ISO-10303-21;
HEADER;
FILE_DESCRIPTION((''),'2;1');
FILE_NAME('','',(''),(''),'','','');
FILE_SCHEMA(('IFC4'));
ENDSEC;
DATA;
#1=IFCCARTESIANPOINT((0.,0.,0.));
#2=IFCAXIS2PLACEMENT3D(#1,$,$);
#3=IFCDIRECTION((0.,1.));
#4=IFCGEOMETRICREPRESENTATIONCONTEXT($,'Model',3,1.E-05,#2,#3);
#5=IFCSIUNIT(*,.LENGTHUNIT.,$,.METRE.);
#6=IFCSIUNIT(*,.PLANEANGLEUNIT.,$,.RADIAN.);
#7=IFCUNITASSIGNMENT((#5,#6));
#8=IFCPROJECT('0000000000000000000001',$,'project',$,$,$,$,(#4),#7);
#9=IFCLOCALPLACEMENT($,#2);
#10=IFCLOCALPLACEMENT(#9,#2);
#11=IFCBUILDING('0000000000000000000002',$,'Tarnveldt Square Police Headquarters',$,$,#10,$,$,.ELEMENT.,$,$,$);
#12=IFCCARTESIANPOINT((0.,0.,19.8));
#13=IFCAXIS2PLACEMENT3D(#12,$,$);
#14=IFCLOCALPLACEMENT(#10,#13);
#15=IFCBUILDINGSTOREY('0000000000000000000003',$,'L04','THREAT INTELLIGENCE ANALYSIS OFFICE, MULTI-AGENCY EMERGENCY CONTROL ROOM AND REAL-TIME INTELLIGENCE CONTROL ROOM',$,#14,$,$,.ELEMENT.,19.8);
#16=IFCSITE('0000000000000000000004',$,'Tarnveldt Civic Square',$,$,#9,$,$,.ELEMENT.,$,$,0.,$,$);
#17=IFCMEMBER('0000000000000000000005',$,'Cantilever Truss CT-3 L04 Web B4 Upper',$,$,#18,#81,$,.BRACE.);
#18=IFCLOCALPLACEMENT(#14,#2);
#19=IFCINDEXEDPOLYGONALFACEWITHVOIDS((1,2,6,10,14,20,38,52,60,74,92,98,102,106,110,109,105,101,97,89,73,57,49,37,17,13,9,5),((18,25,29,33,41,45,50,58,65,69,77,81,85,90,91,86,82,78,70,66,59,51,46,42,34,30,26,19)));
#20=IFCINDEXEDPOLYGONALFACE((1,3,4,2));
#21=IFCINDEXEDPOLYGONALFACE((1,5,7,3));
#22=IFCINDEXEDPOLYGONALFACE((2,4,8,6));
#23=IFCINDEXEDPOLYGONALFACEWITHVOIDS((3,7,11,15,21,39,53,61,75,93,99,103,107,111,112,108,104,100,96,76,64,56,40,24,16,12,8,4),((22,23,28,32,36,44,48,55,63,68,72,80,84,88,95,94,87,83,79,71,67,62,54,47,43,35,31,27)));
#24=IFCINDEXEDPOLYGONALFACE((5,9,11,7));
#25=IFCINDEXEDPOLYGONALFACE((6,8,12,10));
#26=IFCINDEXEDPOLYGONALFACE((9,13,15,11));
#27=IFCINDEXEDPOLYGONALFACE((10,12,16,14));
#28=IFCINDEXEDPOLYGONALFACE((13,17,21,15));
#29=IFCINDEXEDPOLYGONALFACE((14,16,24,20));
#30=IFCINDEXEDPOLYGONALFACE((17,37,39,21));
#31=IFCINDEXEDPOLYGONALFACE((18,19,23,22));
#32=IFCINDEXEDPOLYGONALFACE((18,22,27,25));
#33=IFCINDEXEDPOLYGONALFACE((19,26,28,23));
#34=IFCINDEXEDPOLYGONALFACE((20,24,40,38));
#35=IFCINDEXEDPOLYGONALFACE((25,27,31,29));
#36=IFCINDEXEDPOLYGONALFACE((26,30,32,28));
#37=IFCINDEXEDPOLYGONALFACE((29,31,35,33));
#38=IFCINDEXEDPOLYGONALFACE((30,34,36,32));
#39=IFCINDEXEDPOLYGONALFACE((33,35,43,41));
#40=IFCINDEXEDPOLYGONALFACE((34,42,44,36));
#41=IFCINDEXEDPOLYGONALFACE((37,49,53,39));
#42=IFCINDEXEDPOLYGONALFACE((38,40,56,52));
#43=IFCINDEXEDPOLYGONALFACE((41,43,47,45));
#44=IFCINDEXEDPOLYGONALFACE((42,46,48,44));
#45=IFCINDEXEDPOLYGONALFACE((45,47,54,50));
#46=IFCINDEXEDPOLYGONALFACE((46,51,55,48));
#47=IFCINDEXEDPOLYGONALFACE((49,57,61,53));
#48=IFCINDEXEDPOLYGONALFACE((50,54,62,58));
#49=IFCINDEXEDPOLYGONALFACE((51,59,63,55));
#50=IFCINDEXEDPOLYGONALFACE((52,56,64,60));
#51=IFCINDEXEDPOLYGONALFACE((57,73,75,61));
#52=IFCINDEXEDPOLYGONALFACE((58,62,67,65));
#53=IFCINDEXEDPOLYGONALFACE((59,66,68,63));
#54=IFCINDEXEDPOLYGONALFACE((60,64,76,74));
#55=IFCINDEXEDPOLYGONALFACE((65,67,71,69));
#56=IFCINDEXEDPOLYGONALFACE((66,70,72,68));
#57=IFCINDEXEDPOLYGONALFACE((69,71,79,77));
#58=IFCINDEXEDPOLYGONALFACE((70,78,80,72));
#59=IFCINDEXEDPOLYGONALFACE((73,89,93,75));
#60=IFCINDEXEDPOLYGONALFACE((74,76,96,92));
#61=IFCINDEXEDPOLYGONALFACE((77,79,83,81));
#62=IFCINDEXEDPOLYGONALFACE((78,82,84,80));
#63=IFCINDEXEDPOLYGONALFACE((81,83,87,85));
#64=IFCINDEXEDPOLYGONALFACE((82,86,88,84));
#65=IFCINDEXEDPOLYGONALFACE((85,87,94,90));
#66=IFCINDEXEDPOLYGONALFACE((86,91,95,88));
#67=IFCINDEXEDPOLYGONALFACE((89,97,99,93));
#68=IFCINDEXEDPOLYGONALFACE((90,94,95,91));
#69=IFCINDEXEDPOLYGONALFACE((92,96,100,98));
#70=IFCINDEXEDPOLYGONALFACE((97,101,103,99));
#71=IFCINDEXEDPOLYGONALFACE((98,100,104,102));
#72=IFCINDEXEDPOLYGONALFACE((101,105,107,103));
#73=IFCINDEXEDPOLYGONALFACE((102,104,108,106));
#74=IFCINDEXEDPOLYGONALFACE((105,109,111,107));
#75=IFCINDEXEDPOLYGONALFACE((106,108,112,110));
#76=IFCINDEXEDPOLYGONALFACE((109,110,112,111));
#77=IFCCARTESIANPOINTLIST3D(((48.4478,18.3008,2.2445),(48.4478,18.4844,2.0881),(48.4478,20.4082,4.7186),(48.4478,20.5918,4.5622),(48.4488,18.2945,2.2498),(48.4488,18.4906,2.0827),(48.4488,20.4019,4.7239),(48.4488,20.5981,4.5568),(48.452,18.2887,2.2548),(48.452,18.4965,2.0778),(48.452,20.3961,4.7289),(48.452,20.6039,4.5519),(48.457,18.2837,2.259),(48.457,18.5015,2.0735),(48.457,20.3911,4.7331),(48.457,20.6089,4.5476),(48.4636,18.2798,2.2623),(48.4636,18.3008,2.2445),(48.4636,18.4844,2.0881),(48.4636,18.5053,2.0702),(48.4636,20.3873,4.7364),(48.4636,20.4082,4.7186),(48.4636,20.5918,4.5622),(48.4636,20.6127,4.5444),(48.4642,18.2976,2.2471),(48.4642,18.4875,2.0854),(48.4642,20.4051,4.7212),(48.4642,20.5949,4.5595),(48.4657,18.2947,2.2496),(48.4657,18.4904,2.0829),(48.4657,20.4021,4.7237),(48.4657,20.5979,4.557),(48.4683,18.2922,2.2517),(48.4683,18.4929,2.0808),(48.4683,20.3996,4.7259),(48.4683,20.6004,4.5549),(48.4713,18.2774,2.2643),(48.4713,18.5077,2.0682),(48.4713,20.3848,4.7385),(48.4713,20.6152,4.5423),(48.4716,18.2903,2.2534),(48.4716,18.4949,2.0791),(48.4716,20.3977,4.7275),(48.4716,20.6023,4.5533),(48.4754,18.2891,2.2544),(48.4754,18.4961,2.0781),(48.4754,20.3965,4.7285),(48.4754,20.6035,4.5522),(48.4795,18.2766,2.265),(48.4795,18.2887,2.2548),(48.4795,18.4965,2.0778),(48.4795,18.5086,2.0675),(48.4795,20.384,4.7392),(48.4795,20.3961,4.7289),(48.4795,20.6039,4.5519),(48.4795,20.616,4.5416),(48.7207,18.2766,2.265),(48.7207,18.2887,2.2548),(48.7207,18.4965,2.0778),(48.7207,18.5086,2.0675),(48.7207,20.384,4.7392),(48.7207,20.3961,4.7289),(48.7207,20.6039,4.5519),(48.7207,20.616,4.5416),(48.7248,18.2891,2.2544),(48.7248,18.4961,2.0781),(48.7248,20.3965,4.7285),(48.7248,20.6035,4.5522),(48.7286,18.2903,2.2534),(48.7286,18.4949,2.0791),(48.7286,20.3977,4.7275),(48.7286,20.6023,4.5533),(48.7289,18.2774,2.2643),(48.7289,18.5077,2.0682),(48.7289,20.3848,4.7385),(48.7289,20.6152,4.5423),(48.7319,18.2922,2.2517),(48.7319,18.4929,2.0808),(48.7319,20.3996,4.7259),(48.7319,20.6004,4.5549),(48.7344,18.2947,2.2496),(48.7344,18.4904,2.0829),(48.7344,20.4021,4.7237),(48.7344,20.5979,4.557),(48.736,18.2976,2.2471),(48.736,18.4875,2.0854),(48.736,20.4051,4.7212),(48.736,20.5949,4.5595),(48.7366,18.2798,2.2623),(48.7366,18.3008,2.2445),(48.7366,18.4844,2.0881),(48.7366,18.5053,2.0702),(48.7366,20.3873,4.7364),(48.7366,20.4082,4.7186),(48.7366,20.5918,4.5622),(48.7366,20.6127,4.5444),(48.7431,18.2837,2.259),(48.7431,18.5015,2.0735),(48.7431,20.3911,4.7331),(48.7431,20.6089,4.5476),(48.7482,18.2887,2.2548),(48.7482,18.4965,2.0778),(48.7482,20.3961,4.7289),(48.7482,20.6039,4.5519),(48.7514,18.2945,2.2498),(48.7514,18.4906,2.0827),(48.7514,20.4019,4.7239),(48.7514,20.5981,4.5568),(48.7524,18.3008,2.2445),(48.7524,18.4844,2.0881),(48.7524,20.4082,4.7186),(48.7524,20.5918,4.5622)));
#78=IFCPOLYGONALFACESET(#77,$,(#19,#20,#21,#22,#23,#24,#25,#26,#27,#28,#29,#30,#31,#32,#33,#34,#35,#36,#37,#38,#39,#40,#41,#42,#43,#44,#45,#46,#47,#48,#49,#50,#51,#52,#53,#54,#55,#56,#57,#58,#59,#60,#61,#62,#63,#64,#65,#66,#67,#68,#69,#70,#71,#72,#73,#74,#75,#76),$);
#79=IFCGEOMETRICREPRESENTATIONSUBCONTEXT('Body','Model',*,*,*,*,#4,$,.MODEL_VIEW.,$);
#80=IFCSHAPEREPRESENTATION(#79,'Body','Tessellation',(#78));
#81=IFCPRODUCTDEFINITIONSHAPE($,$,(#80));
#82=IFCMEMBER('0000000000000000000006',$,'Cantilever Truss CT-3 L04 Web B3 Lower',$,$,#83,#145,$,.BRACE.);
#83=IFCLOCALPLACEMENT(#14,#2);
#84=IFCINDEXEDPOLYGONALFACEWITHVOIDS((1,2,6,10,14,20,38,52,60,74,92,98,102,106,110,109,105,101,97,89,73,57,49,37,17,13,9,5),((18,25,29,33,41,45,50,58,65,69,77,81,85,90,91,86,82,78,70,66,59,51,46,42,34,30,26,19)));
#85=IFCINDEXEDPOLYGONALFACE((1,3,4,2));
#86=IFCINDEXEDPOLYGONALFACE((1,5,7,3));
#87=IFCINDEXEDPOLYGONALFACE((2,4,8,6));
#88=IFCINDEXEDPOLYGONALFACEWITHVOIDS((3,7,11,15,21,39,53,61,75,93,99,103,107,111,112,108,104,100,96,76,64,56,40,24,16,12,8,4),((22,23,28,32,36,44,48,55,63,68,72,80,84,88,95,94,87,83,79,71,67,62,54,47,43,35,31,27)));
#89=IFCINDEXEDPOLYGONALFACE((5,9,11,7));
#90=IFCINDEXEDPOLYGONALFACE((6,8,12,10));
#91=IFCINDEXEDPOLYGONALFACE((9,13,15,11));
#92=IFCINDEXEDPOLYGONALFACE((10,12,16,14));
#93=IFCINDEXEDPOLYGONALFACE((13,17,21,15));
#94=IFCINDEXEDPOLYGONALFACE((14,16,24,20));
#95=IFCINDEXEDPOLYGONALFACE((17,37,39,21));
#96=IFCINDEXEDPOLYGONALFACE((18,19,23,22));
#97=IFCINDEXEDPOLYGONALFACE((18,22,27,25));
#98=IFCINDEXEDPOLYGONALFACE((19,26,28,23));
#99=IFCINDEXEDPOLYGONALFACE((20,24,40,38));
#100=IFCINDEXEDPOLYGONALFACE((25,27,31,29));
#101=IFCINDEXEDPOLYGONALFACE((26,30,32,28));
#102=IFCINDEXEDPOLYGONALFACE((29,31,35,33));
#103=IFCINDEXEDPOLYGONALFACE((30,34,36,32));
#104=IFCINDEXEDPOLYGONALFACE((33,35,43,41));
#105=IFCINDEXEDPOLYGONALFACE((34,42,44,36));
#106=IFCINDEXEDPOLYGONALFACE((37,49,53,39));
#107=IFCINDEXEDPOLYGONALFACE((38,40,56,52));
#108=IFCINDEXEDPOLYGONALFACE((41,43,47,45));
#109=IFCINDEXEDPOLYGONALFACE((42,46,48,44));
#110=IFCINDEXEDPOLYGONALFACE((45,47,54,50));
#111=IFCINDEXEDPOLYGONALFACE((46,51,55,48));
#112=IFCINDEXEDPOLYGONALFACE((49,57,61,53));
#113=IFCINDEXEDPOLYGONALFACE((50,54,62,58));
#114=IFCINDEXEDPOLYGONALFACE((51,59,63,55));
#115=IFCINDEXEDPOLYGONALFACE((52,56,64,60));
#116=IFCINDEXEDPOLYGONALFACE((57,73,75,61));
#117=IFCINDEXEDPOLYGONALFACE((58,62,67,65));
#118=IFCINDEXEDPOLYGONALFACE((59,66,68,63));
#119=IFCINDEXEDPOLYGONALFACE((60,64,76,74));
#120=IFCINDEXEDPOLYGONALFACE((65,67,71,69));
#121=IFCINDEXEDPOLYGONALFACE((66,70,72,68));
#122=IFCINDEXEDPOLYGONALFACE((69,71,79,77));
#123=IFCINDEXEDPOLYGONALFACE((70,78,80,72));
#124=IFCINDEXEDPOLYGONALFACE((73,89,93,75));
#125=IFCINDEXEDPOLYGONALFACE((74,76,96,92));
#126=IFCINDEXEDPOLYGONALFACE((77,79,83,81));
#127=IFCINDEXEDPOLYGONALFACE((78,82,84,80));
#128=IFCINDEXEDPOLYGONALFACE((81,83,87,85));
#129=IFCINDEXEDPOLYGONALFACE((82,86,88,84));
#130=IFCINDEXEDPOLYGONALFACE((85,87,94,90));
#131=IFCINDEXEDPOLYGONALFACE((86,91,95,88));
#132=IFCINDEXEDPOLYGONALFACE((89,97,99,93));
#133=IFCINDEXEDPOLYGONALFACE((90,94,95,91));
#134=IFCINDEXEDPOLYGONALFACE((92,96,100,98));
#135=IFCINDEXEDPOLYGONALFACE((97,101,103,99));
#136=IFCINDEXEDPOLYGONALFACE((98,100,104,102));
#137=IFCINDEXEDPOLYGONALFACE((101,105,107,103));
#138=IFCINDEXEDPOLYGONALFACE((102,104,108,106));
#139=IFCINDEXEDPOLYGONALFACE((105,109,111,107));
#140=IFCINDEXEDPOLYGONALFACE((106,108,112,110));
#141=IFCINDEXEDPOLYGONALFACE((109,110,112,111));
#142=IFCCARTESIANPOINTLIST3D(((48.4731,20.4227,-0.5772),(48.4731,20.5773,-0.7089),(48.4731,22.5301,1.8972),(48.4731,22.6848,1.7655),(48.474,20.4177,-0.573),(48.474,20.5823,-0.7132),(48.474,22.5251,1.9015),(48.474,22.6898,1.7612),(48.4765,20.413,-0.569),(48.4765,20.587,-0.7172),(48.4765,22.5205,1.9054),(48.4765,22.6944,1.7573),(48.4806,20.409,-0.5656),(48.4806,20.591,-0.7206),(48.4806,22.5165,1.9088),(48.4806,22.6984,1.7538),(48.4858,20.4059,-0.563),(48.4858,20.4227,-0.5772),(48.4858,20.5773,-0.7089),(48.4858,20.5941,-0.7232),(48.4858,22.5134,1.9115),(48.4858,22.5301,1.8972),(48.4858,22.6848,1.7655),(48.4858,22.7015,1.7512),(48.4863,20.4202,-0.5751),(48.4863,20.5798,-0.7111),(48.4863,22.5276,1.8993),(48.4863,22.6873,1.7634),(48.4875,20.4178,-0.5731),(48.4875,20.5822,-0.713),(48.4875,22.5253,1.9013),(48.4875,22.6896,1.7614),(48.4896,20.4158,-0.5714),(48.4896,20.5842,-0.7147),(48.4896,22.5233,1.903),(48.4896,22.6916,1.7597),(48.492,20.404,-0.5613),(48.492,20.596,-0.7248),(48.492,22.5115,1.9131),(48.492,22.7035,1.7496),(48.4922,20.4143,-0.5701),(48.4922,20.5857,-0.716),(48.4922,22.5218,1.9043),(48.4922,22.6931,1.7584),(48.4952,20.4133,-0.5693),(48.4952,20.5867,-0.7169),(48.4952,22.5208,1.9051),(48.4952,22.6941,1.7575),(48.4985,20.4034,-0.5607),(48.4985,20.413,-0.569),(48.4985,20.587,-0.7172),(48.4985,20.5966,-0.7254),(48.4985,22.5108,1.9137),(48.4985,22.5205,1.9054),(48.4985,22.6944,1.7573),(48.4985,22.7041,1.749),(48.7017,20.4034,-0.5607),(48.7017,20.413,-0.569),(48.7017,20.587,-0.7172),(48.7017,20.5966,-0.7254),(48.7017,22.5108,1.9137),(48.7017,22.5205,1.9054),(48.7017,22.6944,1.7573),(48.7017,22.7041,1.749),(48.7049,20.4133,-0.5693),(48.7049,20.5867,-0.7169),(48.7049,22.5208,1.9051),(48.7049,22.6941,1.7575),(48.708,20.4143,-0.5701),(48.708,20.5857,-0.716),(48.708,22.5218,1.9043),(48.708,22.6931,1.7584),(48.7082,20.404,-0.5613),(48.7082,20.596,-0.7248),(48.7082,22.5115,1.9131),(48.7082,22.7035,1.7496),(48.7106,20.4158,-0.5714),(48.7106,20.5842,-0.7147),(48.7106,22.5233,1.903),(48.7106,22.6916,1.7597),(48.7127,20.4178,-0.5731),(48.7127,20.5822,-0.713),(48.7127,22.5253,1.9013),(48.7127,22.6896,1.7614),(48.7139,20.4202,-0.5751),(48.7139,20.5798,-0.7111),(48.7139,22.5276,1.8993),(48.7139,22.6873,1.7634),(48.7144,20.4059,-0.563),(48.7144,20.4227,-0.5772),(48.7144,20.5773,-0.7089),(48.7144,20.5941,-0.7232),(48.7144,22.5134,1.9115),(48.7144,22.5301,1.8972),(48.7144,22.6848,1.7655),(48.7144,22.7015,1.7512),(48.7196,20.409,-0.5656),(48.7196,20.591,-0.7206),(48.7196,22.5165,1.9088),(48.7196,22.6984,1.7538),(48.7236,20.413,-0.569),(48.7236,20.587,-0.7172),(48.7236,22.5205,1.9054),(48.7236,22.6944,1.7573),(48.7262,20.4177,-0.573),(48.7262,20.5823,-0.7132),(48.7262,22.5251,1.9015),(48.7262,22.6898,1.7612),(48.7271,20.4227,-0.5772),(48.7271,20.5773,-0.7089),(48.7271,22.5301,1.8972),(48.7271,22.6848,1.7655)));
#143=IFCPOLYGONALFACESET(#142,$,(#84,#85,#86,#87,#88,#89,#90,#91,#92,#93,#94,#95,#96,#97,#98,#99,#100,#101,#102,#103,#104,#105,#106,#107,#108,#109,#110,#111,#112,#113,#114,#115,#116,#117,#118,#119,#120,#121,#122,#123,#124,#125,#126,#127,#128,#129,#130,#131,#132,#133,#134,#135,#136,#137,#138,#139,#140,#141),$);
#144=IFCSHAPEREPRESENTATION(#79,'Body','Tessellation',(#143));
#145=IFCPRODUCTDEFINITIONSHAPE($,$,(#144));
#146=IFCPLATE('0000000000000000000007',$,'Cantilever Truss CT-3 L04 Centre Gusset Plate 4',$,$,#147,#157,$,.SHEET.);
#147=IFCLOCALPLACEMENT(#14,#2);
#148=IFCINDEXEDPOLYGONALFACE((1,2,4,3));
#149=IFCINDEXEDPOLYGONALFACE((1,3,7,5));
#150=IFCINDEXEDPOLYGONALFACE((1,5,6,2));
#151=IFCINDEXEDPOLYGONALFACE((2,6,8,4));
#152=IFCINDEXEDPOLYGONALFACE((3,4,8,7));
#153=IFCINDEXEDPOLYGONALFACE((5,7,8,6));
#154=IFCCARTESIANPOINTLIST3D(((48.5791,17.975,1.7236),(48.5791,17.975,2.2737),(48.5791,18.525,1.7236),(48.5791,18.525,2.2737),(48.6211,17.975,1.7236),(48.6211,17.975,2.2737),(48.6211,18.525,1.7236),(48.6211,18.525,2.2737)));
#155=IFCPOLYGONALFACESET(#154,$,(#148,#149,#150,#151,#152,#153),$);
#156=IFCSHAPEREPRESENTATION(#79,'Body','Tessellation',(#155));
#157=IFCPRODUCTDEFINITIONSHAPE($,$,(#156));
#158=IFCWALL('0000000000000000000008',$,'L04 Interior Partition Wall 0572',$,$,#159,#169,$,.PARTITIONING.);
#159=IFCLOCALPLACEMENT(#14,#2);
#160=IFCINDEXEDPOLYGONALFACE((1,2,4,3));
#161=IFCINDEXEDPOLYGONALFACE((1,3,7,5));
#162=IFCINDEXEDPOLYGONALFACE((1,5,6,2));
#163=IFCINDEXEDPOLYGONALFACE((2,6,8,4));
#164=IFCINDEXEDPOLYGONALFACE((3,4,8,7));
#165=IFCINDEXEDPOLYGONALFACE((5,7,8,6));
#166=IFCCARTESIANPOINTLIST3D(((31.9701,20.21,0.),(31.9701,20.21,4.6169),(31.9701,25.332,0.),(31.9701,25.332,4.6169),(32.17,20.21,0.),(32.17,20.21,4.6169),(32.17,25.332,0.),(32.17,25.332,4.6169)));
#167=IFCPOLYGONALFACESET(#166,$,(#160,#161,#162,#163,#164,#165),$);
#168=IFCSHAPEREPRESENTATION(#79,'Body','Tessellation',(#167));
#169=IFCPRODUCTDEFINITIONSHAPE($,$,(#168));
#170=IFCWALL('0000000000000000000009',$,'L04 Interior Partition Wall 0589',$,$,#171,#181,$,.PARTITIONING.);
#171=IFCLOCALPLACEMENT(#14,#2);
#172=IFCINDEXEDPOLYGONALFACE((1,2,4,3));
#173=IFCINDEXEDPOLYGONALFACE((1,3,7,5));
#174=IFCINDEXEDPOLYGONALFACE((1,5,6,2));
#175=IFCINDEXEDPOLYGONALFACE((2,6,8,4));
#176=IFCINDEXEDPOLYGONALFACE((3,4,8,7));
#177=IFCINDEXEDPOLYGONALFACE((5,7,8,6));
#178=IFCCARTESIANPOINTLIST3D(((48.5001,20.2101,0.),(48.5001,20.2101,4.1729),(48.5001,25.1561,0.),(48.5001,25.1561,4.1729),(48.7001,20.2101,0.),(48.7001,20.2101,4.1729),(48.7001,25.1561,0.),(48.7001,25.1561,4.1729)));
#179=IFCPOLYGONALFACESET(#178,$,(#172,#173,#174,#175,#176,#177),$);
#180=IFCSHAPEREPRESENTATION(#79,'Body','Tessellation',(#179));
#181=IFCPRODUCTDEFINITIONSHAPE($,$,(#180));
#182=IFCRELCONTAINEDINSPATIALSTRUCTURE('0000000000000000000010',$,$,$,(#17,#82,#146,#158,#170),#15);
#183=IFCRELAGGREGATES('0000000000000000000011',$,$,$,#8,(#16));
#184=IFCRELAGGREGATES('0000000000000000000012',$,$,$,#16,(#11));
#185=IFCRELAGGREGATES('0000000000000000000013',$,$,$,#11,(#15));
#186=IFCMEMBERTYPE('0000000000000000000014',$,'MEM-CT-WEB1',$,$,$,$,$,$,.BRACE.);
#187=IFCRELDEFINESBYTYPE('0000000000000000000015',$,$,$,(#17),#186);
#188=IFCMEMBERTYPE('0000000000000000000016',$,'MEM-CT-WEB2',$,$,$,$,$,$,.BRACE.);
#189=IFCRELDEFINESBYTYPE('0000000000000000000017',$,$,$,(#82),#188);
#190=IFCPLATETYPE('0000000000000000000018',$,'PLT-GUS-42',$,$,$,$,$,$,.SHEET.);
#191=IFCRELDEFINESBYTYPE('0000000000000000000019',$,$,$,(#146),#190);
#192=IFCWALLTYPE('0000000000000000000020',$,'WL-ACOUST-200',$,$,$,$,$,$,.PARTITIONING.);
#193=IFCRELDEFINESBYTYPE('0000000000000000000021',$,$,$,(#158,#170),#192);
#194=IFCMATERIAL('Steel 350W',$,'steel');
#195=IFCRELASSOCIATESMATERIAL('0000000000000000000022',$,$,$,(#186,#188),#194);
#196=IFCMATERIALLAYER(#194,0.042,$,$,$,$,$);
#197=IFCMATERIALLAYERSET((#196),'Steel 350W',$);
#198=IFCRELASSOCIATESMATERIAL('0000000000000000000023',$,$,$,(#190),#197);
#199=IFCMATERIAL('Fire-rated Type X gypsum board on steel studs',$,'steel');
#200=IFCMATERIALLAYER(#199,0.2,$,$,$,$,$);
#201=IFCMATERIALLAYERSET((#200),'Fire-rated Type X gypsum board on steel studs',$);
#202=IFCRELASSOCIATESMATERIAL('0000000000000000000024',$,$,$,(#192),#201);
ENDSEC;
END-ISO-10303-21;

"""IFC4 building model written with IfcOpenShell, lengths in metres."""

from ifc_helpers import new_model, si_unit, direction, frame, frame_2d, origin, origin_2d, place, context, subcontext, project, spatial, rectangle, hollow_rectangle, extrude, material, layer, layer_set, material_profile, profile_set, type_object, element, save


model = new_model("IFC4")

# Units and contexts
model_context = context("Model", 3, precision=1e-05, world=origin(), true_north=direction((0.0, 1.0)))
body_context = subcontext(model_context, "Body", "Model", "MODEL_VIEW")
ifc_project = project(units=[si_unit("LENGTHUNIT", "METRE"), si_unit("PLANEANGLEUNIT", "RADIAN")], contexts=[model_context])

# Site, building, storey
site_placement = place(None, origin())
site = spatial("IfcSite", under=ifc_project, at=site_placement, Name="Tarnveldt Civic Square", CompositionType="ELEMENT", RefElevation=0.0)
building_placement = place(site_placement, origin())
building = spatial("IfcBuilding", under=site, at=building_placement, Name="Tarnveldt Square Police Headquarters", CompositionType="ELEMENT")
storey_placement = place(building_placement, frame((0.0, 0.0, 19.8)))
storey = spatial("IfcBuildingStorey", under=building, at=storey_placement, Name="L04", Description="THREAT INTELLIGENCE ANALYSIS OFFICE, MULTI-AGENCY EMERGENCY CONTROL ROOM AND REAL-TIME INTELLIGENCE CONTROL ROOM", CompositionType="ELEMENT", Elevation=19.8)

# Shared definitions
ifc_material_1 = material(Name="Steel 350W", Category="steel")

# Members
ifc_material_profile_1 = material_profile(ifc_material_1, hollow_rectangle(XDim=0.3047, YDim=0.3047, WallThickness=0.0159, InnerFilletRadius=0.0159, OuterFilletRadius=0.0317, at=origin_2d()), Name="HSS305x305x16")
ifc_profile_set_1 = profile_set([ifc_material_profile_1], Name="Steel 350W")
member_type_1 = type_object("IfcMemberType", Name="MEM-CT-WEB1", PredefinedType="BRACE", material=ifc_profile_set_1)
member_1_placement = place(storey_placement, frame((48.6001, 18.3926, 2.1663), z_axis=(0.0, 0.648437, 0.761268), x_axis=(-1.0, 0.0, 0.0)))
element("IfcMember", 1, at=member_1_placement, inside=storey, type_object=member_type_1, Name="Cantilever Truss CT-3 L04 Web B4 Upper", PredefinedType="BRACE", context=body_context, shape_type="SweptSolid", body=[
    extrude(hollow_rectangle(XDim=0.3047, YDim=0.3047, WallThickness=0.0159, InnerFilletRadius=0.0159, OuterFilletRadius=0.0317, at=origin_2d()), origin(), (0.0, 0.0, 1.0), 3.25),
])
ifc_material_profile_2 = material_profile(ifc_material_1, hollow_rectangle(XDim=0.2539, YDim=0.2539, WallThickness=0.0127, InnerFilletRadius=0.0127, OuterFilletRadius=0.0254, at=origin_2d()), Name="HSS254x254x13")
ifc_profile_set_2 = profile_set([ifc_material_profile_2], Name="Steel 350W")
member_type_2 = type_object("IfcMemberType", Name="MEM-CT-WEB2", PredefinedType="BRACE", material=ifc_profile_set_2)
member_2_placement = place(storey_placement, frame((48.6001, 20.5, -0.6431), z_axis=(0.0, 0.6484, 0.7613), x_axis=(-1.0, 0.0, 0.0)))
element("IfcMember", 2, at=member_2_placement, inside=storey, type_object=member_type_2, Name="Cantilever Truss CT-3 L04 Web B3 Lower", PredefinedType="BRACE", context=body_context, shape_type="SweptSolid", body=[
    extrude(hollow_rectangle(XDim=0.2539, YDim=0.2539, WallThickness=0.0127, InnerFilletRadius=0.0127, OuterFilletRadius=0.0254, at=origin_2d()), origin(), (0.0, 0.0, 1.0), 3.2502),
])

# Plate
ifc_layer_1 = layer(ifc_material_1, 0.042)
ifc_layer_set_1 = layer_set([ifc_layer_1], Name="Steel 350W")
plate_type = type_object("IfcPlateType", Name="PLT-GUS-42", PredefinedType="SHEET", material=ifc_layer_set_1)
plate_placement = place(storey_placement, frame((48.6001, 18.25, 1.7236), z_axis=(0.0, 0.0, 1.0), x_axis=(1.0, 0.0, 0.0)))
element("IfcPlate", 3, at=plate_placement, inside=storey, type_object=plate_type, Name="Cantilever Truss CT-3 L04 Centre Gusset Plate 4", PredefinedType="SHEET", context=body_context, shape_type="SweptSolid", body=[
    extrude(rectangle(XDim=0.042, YDim=0.55, at=origin_2d()), origin(), (0.0, 0.0, 1.0), 0.55),
])

# Walls
ifc_material_2 = material(Name="Fire-rated Type X gypsum board on steel studs", Category="steel")
ifc_layer_2 = layer(ifc_material_2, 0.2)
ifc_layer_set_2 = layer_set([ifc_layer_2], Name="Fire-rated Type X gypsum board on steel studs")
wall_type_1 = type_object("IfcWallType", Name="WL-ACOUST-200", PredefinedType="PARTITIONING", material=ifc_layer_set_2)
wall_1_placement = place(storey_placement, frame((32.0701, 20.21, 0.0), z_axis=(0.0, 0.0, 1.0), x_axis=(0.0, 1.0, 0.0)))
element("IfcWall", 4, at=wall_1_placement, inside=storey, type_object=wall_type_1, Name="L04 Interior Partition Wall 0572", PredefinedType="PARTITIONING", context=body_context, shape_type="SweptSolid", body=[
    extrude(rectangle(XDim=5.1221, YDim=0.2, at=frame_2d((2.561, 0.0))), origin(), (0.0, 0.0, 1.0), 4.6169),
])
wall_2_placement = place(storey_placement, frame((48.6001, 20.21, 0.0), z_axis=(0.0, 0.0, 1.0), x_axis=(0.0, 1.0, 0.0)))
element("IfcWall", 5, at=wall_2_placement, inside=storey, type_object=wall_type_1, Name="L04 Interior Partition Wall 0589", PredefinedType="PARTITIONING", context=body_context, shape_type="SweptSolid", body=[
    extrude(rectangle(XDim=4.946, YDim=0.2, at=frame_2d((2.4731, 0.0))), origin(), (0.0, 0.0, 1.0), 4.1729),
])

save(model, "model.ifc")
